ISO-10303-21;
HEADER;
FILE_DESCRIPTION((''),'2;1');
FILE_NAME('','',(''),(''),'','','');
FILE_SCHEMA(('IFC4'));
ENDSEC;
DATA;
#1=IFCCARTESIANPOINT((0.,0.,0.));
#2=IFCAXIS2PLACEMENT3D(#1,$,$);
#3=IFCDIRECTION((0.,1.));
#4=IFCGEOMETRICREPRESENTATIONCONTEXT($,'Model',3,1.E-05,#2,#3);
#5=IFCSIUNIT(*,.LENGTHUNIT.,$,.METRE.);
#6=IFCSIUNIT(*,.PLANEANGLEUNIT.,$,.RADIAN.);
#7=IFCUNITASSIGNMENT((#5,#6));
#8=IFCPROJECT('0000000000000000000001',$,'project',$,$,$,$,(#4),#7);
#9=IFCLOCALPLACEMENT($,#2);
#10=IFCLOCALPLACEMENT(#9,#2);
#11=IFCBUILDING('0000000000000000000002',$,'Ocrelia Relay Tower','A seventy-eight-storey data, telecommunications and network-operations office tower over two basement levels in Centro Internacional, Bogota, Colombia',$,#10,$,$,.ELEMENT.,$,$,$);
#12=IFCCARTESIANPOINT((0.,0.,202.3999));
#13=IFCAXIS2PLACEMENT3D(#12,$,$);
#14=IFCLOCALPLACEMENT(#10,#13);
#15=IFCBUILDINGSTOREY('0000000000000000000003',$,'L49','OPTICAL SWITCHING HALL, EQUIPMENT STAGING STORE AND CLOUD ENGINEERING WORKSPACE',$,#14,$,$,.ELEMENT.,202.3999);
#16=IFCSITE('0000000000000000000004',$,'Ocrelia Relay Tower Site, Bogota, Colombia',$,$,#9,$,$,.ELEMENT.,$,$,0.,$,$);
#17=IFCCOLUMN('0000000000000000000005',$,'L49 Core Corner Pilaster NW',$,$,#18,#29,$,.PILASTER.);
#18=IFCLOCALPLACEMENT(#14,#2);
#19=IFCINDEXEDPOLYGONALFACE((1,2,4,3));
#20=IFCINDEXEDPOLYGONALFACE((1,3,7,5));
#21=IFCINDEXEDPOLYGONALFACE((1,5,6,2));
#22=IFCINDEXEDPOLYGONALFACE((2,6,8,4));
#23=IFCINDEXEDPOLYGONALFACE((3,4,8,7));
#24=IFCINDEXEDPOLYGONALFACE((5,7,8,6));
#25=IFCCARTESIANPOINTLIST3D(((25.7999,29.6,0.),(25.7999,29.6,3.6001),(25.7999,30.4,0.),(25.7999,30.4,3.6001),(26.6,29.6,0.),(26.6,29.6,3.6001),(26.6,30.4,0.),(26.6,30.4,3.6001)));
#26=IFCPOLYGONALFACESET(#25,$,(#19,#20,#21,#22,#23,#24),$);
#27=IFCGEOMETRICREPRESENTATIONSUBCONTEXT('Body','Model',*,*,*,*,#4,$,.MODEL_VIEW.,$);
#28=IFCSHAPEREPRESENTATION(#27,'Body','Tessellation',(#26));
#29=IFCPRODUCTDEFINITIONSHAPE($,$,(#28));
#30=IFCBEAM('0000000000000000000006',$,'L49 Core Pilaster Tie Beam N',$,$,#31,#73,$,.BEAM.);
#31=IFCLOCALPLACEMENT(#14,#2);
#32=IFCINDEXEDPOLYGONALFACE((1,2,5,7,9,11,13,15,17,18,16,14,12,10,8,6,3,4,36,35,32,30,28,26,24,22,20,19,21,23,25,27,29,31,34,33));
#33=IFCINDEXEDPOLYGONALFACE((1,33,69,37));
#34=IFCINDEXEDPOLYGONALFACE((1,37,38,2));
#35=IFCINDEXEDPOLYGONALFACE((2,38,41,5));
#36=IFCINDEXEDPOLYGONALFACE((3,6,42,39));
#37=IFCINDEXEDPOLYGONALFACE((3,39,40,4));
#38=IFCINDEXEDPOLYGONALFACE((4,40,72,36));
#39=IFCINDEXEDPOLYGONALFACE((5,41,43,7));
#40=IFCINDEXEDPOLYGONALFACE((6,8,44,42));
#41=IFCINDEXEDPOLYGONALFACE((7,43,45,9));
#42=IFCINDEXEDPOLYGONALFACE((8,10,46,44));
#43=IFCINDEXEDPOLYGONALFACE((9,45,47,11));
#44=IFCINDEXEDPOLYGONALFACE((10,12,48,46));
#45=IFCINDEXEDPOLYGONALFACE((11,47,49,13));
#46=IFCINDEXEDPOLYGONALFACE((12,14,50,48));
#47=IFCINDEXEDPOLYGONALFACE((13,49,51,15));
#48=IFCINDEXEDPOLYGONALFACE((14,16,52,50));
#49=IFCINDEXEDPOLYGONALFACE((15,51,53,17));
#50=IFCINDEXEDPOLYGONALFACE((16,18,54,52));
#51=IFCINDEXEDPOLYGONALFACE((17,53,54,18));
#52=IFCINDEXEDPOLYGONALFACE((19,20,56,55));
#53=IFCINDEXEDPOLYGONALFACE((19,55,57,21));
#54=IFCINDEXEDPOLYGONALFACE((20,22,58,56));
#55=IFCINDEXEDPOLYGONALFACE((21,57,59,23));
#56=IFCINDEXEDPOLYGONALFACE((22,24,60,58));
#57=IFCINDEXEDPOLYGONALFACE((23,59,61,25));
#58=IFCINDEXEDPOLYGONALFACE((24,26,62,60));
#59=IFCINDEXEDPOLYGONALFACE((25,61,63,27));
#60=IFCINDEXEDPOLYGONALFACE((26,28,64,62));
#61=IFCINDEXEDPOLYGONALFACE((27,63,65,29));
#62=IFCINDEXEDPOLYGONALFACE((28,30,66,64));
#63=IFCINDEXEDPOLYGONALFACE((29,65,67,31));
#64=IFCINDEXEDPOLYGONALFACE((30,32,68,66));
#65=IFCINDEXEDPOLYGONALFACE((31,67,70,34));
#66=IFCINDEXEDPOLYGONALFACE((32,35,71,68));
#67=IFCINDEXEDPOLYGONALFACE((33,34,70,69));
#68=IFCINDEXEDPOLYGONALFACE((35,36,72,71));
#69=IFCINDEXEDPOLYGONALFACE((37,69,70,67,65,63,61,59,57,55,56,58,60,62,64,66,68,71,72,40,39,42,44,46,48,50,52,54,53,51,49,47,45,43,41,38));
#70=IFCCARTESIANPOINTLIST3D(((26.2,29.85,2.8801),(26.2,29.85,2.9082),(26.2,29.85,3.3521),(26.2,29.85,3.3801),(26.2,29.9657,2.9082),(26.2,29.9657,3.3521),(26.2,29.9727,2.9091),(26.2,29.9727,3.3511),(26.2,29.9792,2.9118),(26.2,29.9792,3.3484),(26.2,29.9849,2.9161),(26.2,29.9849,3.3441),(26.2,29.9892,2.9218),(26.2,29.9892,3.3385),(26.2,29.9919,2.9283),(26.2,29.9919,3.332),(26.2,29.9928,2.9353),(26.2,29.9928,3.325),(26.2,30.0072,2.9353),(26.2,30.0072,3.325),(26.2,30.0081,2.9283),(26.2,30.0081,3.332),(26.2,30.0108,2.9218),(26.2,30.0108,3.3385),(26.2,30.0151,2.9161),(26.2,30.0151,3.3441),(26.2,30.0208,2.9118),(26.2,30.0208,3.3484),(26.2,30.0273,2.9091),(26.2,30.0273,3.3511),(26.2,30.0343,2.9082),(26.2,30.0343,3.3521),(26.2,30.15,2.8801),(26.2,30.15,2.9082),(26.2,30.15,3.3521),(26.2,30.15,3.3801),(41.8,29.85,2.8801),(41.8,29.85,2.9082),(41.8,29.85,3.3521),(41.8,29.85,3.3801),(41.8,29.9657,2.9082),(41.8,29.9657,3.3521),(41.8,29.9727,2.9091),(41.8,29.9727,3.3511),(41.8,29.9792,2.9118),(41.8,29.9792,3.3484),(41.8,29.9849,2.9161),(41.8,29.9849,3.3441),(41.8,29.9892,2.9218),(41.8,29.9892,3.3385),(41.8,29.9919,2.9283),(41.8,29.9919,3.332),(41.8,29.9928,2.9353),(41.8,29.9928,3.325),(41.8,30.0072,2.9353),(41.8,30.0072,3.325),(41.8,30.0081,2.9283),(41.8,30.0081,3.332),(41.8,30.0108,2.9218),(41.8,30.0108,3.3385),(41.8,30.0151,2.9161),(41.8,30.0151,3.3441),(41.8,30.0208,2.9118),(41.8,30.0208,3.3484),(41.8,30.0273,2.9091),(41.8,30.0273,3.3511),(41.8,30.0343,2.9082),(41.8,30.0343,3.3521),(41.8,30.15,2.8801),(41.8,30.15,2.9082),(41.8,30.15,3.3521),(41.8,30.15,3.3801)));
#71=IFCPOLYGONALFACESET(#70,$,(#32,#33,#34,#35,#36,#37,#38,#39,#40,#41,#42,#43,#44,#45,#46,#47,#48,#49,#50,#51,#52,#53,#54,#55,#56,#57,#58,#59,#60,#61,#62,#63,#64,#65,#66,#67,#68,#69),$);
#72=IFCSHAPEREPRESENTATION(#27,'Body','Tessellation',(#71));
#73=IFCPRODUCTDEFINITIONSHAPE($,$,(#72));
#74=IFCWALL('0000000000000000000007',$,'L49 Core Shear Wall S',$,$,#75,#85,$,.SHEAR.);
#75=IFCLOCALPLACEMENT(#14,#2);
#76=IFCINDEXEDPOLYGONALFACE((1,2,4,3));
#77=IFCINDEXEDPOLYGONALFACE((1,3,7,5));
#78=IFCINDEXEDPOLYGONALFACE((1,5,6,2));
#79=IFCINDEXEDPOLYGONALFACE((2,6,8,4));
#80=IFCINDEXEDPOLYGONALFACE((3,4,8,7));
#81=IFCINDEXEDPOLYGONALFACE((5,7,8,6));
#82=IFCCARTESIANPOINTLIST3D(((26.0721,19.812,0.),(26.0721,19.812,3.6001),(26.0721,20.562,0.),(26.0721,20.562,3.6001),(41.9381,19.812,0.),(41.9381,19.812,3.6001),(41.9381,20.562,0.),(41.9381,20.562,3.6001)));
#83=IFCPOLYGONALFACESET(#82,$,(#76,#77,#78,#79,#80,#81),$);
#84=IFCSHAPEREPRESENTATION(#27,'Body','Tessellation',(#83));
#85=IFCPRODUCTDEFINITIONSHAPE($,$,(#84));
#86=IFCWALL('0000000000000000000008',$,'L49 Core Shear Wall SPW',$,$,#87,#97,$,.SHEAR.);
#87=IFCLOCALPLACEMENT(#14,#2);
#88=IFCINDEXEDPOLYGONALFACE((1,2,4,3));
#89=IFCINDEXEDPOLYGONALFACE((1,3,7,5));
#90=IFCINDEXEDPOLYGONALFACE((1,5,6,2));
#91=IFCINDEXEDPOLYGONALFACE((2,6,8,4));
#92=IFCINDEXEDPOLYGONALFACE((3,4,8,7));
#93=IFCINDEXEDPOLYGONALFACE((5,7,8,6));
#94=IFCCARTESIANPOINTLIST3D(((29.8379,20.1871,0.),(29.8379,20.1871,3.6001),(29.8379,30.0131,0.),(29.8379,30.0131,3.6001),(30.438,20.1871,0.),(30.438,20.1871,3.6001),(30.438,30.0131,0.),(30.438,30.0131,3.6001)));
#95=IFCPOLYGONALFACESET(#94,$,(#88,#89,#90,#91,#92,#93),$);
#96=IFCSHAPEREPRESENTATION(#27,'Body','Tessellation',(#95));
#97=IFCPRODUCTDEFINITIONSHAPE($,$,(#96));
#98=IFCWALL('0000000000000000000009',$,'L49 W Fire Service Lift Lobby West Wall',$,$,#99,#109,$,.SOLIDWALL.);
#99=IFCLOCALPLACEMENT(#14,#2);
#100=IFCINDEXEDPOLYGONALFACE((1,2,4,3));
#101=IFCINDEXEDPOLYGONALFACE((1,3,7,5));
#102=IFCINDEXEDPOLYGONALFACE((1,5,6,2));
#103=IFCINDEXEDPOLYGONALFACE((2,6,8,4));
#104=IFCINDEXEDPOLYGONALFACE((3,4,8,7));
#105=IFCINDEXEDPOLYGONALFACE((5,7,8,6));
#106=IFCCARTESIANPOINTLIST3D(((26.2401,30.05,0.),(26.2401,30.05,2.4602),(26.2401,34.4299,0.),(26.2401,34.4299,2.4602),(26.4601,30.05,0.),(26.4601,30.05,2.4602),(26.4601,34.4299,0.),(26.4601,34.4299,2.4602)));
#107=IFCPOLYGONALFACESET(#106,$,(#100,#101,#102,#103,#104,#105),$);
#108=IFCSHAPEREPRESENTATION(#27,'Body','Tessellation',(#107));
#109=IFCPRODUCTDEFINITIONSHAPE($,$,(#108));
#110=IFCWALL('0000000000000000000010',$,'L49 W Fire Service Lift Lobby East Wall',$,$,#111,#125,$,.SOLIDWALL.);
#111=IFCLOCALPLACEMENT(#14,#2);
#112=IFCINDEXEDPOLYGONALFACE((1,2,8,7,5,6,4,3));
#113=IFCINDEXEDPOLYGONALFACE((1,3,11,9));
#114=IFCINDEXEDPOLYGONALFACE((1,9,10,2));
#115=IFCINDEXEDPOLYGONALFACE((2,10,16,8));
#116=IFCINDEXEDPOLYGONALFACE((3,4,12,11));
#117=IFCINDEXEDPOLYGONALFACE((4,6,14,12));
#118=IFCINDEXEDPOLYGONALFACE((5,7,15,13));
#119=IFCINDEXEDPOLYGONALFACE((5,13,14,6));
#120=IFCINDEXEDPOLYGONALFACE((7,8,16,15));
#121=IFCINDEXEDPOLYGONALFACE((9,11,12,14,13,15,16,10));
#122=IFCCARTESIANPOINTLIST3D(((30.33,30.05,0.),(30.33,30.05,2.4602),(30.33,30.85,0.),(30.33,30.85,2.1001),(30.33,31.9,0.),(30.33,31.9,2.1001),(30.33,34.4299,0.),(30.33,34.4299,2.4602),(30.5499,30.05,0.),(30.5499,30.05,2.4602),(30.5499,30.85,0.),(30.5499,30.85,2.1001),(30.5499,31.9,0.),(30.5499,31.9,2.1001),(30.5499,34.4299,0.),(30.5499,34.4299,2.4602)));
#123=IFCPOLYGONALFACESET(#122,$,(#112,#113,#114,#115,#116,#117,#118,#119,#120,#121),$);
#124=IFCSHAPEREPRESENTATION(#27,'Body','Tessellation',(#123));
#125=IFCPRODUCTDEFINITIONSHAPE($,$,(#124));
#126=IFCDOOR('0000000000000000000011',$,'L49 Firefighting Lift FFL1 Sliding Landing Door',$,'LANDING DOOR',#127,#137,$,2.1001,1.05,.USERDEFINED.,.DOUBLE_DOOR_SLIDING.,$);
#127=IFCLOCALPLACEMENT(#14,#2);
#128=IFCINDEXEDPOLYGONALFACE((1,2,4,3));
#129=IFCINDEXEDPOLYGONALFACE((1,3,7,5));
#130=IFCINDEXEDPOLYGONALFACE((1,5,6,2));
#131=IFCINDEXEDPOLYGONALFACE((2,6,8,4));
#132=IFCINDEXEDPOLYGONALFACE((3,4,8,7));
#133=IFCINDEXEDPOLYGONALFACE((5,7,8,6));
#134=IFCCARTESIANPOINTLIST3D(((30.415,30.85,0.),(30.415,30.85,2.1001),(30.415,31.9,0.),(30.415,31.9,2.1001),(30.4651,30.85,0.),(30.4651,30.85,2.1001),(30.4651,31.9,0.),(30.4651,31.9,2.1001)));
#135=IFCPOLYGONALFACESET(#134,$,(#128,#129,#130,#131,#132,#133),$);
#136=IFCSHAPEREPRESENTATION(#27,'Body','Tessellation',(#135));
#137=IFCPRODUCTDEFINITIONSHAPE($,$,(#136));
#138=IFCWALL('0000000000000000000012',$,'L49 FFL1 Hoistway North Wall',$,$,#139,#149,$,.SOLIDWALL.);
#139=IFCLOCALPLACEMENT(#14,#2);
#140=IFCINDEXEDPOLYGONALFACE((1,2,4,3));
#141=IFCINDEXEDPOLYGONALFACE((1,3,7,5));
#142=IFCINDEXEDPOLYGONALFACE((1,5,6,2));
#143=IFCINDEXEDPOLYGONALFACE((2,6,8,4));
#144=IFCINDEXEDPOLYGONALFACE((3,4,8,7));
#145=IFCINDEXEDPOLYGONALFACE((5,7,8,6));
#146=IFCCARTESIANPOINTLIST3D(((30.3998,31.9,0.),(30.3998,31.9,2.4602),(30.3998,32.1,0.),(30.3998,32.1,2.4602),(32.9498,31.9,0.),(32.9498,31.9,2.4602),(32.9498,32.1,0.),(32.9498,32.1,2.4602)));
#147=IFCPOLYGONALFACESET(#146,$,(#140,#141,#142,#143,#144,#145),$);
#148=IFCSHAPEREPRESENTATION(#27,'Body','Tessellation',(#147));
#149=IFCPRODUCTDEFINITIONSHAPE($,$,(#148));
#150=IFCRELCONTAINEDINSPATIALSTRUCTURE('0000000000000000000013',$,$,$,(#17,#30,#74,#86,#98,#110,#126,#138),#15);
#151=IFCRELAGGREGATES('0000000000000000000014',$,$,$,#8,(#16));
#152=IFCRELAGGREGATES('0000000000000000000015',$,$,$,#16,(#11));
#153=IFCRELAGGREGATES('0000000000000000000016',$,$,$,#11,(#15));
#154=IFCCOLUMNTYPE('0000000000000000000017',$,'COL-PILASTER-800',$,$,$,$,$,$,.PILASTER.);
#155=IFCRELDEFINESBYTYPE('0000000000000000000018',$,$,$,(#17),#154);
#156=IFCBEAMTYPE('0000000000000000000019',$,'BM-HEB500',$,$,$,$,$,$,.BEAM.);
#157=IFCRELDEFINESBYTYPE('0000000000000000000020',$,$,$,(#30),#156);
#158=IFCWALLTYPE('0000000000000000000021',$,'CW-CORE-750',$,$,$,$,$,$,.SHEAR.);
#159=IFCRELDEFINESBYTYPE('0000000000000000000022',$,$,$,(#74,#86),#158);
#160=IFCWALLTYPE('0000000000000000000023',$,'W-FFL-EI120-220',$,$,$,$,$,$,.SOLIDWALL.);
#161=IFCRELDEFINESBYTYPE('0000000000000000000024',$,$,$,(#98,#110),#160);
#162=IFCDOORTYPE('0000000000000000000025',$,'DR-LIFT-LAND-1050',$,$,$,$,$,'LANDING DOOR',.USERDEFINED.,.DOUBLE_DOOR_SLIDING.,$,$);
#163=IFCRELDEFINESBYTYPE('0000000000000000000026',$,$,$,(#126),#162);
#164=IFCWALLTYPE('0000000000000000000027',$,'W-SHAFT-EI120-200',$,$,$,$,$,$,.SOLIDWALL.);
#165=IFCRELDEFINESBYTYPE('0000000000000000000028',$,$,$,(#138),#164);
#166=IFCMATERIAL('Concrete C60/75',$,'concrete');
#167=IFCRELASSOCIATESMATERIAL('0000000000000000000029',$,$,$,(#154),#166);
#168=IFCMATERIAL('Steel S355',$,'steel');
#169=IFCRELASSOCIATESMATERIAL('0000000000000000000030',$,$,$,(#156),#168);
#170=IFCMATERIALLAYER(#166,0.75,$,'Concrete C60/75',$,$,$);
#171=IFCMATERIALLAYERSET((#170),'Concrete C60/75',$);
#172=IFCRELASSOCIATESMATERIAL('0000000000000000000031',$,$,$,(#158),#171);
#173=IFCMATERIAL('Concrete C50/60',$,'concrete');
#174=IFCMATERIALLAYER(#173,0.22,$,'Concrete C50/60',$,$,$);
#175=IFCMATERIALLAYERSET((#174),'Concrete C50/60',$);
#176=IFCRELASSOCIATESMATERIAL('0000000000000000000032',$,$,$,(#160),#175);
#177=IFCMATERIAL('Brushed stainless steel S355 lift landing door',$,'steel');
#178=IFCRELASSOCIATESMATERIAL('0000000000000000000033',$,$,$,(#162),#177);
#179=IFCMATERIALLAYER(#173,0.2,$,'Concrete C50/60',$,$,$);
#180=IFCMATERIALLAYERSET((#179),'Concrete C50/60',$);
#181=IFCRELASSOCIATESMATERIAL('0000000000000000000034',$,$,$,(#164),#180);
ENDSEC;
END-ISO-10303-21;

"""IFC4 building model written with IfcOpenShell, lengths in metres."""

from ifc_helpers import new_model, si_unit, direction, frame, frame_2d, origin, origin_2d, place, context, subcontext, project, spatial, rectangle, i_section, extrude, material, layer, layer_set, material_profile, profile_set, type_object, element, fill, save


model = new_model("IFC4")

# Units and contexts
model_context = context("Model", 3, precision=1e-05, world=origin(), true_north=direction((0.0, 1.0)))
body_context = subcontext(model_context, "Body", "Model", "MODEL_VIEW")
ifc_project = project(units=[si_unit("LENGTHUNIT", "METRE"), si_unit("PLANEANGLEUNIT", "RADIAN")], contexts=[model_context])

# Site, building, storey
site_placement = place(None, origin())
site = spatial("IfcSite", under=ifc_project, at=site_placement, Name="Ocrelia Relay Tower Site, Bogota, Colombia", CompositionType="ELEMENT", RefElevation=0.0)
building_placement = place(site_placement, origin())
building = spatial("IfcBuilding", under=site, at=building_placement, Name="Ocrelia Relay Tower", Description="A seventy-eight-storey data, telecommunications and network-operations office tower over two basement levels in Centro Internacional, Bogota, Colombia", CompositionType="ELEMENT")
storey_placement = place(building_placement, frame((0.0, 0.0, 202.3999)))
storey = spatial("IfcBuildingStorey", under=building, at=storey_placement, Name="L49", Description="OPTICAL SWITCHING HALL, EQUIPMENT STAGING STORE AND CLOUD ENGINEERING WORKSPACE", CompositionType="ELEMENT", Elevation=202.3999)

# Column
ifc_material_1 = material(Name="Concrete C60/75", Category="concrete")
ifc_material_profile_1 = material_profile(ifc_material_1, rectangle(XDim=0.8, YDim=0.8, at=origin_2d()), Name="RC-COL-800x800")
ifc_profile_set_1 = profile_set([ifc_material_profile_1], Name="Concrete C60/75")
column_type = type_object("IfcColumnType", Name="COL-PILASTER-800", PredefinedType="PILASTER", material=ifc_profile_set_1)
column_placement = place(storey_placement, frame((26.2, 30.0, 0.0), z_axis=(0.0, 0.0, 1.0), x_axis=(1.0, 0.0, 0.0)))
element("IfcColumn", 1, at=column_placement, inside=storey, type_object=column_type, Name="L49 Core Corner Pilaster NW", PredefinedType="PILASTER", context=body_context, shape_type="SweptSolid", body=[
    extrude(rectangle(XDim=0.8, YDim=0.8, at=origin_2d()), origin(), (0.0, 0.0, 1.0), 3.6001),
])

# Beam
ifc_material_2 = material(Name="Steel S355", Category="steel")
ifc_material_profile_2 = material_profile(ifc_material_2, i_section(OverallWidth=0.3, OverallDepth=0.5, WebThickness=0.0144, FlangeThickness=0.0281, FilletRadius=0.0271, at=origin_2d()), Name="HEB 500")
ifc_profile_set_2 = profile_set([ifc_material_profile_2], Name="Steel S355")
beam_type = type_object("IfcBeamType", Name="BM-HEB500", PredefinedType="BEAM", material=ifc_profile_set_2)
beam_placement = place(storey_placement, frame((26.2, 30.0, 3.1301), z_axis=(1.0, 0.0, 0.0), x_axis=(0.0, 1.0, 0.0)))
element("IfcBeam", 2, at=beam_placement, inside=storey, type_object=beam_type, Name="L49 Core Pilaster Tie Beam N", PredefinedType="BEAM", context=body_context, shape_type="SweptSolid", body=[
    extrude(i_section(OverallWidth=0.3, OverallDepth=0.5, WebThickness=0.0144, FlangeThickness=0.0281, FilletRadius=0.0271, at=origin_2d()), origin(), (0.0, 0.0, 1.0), 15.6001),
])

# Wall
ifc_layer_1 = layer(ifc_material_1, 0.75, Name="Concrete C60/75")
ifc_layer_set_1 = layer_set([ifc_layer_1], Name="Concrete C60/75")
wall_type_1 = type_object("IfcWallType", Name="CW-CORE-750", PredefinedType="SHEAR", material=ifc_layer_set_1)
wall_1_placement = place(storey_placement, frame((26.072, 20.187, 0.0), z_axis=(0.0, 0.0, 1.0), x_axis=(1.0, 0.0, 0.0)))
element("IfcWall", 3, at=wall_1_placement, inside=storey, type_object=wall_type_1, Name="L49 Core Shear Wall S", PredefinedType="SHEAR", context=body_context, shape_type="SweptSolid", body=[
    extrude(rectangle(XDim=15.866, YDim=0.75, at=frame_2d((7.9331, 0.0))), origin(), (0.0, 0.0, 1.0), 3.6001),
])

# Wall
wall_2_placement = place(storey_placement, frame((30.1379, 20.187, 0.0), z_axis=(0.0, 0.0, 1.0), x_axis=(0.0, 1.0, 0.0)))
element("IfcWall", 4, at=wall_2_placement, inside=storey, type_object=wall_type_1, Name="L49 Core Shear Wall SPW", PredefinedType="SHEAR", context=body_context, shape_type="SweptSolid", body=[
    extrude(rectangle(XDim=9.8259, YDim=0.6001, at=frame_2d((4.9131, 0.0))), origin(), (0.0, 0.0, 1.0), 3.6001),
])

# Wall
ifc_material_3 = material(Name="Concrete C50/60", Category="concrete")
ifc_layer_2 = layer(ifc_material_3, 0.22, Name="Concrete C50/60")
ifc_layer_set_2 = layer_set([ifc_layer_2], Name="Concrete C50/60")
wall_type_2 = type_object("IfcWallType", Name="W-FFL-EI120-220", PredefinedType="SOLIDWALL", material=ifc_layer_set_2)
wall_3_placement = place(storey_placement, frame((26.3501, 30.05, 0.0), z_axis=(0.0, 0.0, 1.0), x_axis=(0.0, 1.0, 0.0)))
element("IfcWall", 5, at=wall_3_placement, inside=storey, type_object=wall_type_2, Name="L49 W Fire Service Lift Lobby West Wall", PredefinedType="SOLIDWALL", context=body_context, shape_type="SweptSolid", body=[
    extrude(rectangle(XDim=4.3799, YDim=0.22, at=frame_2d((2.1899, 0.0))), origin(), (0.0, 0.0, 1.0), 2.4602),
])

# Wall, opening, door
wall_4_placement = place(storey_placement, frame((30.4399, 30.05, 0.0), z_axis=(0.0, 0.0, 1.0), x_axis=(0.0, 1.0, 0.0)))
wall_4 = element("IfcWall", 6, at=wall_4_placement, inside=storey, type_object=wall_type_2, Name="L49 W Fire Service Lift Lobby East Wall", PredefinedType="SOLIDWALL", context=body_context, shape_type="SweptSolid", body=[
    extrude(rectangle(XDim=4.3799, YDim=0.22, at=frame_2d((2.1899, 0.0))), origin(), (0.0, 0.0, 1.0), 2.4602),
])
opening_1_placement = place(wall_4_placement, frame((0.8, 0.0, 0.0)))
opening_1 = element("IfcOpeningElement", 7, at=opening_1_placement, cuts=wall_4, PredefinedType="OPENING", context=body_context, shape_type="SweptSolid", body=[
    extrude(rectangle(XDim=1.05, YDim=2.1001, at=frame_2d((0.5249, 1.05))), frame((0.0, 0.1201, 0.0), z_axis=(0.0, -1.0, 0.0), x_axis=(1.0, 0.0, 0.0)), (0.0, 0.0, 1.0), 0.24),
])
ifc_material_4 = material(Name="Brushed stainless steel S355 lift landing door", Category="steel")
door_type_1 = type_object("IfcDoorType", Name="DR-LIFT-LAND-1050", ElementType="LANDING DOOR", OperationType="DOUBLE_DOOR_SLIDING", PredefinedType="USERDEFINED", material=ifc_material_4)
door_1_placement = place(opening_1_placement, origin())
door_1 = element("IfcDoor", 8, at=door_1_placement, inside=storey, type_object=door_type_1, Name="L49 Firefighting Lift FFL1 Sliding Landing Door", ObjectType="LANDING DOOR", OperationType="DOUBLE_DOOR_SLIDING", OverallHeight=2.1001, OverallWidth=1.05, PredefinedType="USERDEFINED", context=body_context, shape_type="SweptSolid", body=[
    extrude(rectangle(XDim=1.05, YDim=2.1001, at=frame_2d((0.5249, 1.05))), frame((0.0, 0.0249, 0.0), z_axis=(0.0, -1.0, 0.0), x_axis=(1.0, 0.0, 0.0)), (0.0, 0.0, 1.0), 0.05),
])
fill(opening_1, door_1)

# Wall
ifc_layer_3 = layer(ifc_material_3, 0.2, Name="Concrete C50/60")
ifc_layer_set_3 = layer_set([ifc_layer_3], Name="Concrete C50/60")
wall_type_3 = type_object("IfcWallType", Name="W-SHAFT-EI120-200", PredefinedType="SOLIDWALL", material=ifc_layer_set_3)
wall_5_placement = place(storey_placement, frame((30.3999, 32.0, 0.0), z_axis=(0.0, 0.0, 1.0), x_axis=(1.0, 0.0, 0.0)))
element("IfcWall", 9, at=wall_5_placement, inside=storey, type_object=wall_type_3, Name="L49 FFL1 Hoistway North Wall", PredefinedType="SOLIDWALL", context=body_context, shape_type="SweptSolid", body=[
    extrude(rectangle(XDim=2.55, YDim=0.2, at=frame_2d((1.2749, 0.0))), origin(), (0.0, 0.0, 1.0), 2.4602),
])

save(model, "model.ifc")
